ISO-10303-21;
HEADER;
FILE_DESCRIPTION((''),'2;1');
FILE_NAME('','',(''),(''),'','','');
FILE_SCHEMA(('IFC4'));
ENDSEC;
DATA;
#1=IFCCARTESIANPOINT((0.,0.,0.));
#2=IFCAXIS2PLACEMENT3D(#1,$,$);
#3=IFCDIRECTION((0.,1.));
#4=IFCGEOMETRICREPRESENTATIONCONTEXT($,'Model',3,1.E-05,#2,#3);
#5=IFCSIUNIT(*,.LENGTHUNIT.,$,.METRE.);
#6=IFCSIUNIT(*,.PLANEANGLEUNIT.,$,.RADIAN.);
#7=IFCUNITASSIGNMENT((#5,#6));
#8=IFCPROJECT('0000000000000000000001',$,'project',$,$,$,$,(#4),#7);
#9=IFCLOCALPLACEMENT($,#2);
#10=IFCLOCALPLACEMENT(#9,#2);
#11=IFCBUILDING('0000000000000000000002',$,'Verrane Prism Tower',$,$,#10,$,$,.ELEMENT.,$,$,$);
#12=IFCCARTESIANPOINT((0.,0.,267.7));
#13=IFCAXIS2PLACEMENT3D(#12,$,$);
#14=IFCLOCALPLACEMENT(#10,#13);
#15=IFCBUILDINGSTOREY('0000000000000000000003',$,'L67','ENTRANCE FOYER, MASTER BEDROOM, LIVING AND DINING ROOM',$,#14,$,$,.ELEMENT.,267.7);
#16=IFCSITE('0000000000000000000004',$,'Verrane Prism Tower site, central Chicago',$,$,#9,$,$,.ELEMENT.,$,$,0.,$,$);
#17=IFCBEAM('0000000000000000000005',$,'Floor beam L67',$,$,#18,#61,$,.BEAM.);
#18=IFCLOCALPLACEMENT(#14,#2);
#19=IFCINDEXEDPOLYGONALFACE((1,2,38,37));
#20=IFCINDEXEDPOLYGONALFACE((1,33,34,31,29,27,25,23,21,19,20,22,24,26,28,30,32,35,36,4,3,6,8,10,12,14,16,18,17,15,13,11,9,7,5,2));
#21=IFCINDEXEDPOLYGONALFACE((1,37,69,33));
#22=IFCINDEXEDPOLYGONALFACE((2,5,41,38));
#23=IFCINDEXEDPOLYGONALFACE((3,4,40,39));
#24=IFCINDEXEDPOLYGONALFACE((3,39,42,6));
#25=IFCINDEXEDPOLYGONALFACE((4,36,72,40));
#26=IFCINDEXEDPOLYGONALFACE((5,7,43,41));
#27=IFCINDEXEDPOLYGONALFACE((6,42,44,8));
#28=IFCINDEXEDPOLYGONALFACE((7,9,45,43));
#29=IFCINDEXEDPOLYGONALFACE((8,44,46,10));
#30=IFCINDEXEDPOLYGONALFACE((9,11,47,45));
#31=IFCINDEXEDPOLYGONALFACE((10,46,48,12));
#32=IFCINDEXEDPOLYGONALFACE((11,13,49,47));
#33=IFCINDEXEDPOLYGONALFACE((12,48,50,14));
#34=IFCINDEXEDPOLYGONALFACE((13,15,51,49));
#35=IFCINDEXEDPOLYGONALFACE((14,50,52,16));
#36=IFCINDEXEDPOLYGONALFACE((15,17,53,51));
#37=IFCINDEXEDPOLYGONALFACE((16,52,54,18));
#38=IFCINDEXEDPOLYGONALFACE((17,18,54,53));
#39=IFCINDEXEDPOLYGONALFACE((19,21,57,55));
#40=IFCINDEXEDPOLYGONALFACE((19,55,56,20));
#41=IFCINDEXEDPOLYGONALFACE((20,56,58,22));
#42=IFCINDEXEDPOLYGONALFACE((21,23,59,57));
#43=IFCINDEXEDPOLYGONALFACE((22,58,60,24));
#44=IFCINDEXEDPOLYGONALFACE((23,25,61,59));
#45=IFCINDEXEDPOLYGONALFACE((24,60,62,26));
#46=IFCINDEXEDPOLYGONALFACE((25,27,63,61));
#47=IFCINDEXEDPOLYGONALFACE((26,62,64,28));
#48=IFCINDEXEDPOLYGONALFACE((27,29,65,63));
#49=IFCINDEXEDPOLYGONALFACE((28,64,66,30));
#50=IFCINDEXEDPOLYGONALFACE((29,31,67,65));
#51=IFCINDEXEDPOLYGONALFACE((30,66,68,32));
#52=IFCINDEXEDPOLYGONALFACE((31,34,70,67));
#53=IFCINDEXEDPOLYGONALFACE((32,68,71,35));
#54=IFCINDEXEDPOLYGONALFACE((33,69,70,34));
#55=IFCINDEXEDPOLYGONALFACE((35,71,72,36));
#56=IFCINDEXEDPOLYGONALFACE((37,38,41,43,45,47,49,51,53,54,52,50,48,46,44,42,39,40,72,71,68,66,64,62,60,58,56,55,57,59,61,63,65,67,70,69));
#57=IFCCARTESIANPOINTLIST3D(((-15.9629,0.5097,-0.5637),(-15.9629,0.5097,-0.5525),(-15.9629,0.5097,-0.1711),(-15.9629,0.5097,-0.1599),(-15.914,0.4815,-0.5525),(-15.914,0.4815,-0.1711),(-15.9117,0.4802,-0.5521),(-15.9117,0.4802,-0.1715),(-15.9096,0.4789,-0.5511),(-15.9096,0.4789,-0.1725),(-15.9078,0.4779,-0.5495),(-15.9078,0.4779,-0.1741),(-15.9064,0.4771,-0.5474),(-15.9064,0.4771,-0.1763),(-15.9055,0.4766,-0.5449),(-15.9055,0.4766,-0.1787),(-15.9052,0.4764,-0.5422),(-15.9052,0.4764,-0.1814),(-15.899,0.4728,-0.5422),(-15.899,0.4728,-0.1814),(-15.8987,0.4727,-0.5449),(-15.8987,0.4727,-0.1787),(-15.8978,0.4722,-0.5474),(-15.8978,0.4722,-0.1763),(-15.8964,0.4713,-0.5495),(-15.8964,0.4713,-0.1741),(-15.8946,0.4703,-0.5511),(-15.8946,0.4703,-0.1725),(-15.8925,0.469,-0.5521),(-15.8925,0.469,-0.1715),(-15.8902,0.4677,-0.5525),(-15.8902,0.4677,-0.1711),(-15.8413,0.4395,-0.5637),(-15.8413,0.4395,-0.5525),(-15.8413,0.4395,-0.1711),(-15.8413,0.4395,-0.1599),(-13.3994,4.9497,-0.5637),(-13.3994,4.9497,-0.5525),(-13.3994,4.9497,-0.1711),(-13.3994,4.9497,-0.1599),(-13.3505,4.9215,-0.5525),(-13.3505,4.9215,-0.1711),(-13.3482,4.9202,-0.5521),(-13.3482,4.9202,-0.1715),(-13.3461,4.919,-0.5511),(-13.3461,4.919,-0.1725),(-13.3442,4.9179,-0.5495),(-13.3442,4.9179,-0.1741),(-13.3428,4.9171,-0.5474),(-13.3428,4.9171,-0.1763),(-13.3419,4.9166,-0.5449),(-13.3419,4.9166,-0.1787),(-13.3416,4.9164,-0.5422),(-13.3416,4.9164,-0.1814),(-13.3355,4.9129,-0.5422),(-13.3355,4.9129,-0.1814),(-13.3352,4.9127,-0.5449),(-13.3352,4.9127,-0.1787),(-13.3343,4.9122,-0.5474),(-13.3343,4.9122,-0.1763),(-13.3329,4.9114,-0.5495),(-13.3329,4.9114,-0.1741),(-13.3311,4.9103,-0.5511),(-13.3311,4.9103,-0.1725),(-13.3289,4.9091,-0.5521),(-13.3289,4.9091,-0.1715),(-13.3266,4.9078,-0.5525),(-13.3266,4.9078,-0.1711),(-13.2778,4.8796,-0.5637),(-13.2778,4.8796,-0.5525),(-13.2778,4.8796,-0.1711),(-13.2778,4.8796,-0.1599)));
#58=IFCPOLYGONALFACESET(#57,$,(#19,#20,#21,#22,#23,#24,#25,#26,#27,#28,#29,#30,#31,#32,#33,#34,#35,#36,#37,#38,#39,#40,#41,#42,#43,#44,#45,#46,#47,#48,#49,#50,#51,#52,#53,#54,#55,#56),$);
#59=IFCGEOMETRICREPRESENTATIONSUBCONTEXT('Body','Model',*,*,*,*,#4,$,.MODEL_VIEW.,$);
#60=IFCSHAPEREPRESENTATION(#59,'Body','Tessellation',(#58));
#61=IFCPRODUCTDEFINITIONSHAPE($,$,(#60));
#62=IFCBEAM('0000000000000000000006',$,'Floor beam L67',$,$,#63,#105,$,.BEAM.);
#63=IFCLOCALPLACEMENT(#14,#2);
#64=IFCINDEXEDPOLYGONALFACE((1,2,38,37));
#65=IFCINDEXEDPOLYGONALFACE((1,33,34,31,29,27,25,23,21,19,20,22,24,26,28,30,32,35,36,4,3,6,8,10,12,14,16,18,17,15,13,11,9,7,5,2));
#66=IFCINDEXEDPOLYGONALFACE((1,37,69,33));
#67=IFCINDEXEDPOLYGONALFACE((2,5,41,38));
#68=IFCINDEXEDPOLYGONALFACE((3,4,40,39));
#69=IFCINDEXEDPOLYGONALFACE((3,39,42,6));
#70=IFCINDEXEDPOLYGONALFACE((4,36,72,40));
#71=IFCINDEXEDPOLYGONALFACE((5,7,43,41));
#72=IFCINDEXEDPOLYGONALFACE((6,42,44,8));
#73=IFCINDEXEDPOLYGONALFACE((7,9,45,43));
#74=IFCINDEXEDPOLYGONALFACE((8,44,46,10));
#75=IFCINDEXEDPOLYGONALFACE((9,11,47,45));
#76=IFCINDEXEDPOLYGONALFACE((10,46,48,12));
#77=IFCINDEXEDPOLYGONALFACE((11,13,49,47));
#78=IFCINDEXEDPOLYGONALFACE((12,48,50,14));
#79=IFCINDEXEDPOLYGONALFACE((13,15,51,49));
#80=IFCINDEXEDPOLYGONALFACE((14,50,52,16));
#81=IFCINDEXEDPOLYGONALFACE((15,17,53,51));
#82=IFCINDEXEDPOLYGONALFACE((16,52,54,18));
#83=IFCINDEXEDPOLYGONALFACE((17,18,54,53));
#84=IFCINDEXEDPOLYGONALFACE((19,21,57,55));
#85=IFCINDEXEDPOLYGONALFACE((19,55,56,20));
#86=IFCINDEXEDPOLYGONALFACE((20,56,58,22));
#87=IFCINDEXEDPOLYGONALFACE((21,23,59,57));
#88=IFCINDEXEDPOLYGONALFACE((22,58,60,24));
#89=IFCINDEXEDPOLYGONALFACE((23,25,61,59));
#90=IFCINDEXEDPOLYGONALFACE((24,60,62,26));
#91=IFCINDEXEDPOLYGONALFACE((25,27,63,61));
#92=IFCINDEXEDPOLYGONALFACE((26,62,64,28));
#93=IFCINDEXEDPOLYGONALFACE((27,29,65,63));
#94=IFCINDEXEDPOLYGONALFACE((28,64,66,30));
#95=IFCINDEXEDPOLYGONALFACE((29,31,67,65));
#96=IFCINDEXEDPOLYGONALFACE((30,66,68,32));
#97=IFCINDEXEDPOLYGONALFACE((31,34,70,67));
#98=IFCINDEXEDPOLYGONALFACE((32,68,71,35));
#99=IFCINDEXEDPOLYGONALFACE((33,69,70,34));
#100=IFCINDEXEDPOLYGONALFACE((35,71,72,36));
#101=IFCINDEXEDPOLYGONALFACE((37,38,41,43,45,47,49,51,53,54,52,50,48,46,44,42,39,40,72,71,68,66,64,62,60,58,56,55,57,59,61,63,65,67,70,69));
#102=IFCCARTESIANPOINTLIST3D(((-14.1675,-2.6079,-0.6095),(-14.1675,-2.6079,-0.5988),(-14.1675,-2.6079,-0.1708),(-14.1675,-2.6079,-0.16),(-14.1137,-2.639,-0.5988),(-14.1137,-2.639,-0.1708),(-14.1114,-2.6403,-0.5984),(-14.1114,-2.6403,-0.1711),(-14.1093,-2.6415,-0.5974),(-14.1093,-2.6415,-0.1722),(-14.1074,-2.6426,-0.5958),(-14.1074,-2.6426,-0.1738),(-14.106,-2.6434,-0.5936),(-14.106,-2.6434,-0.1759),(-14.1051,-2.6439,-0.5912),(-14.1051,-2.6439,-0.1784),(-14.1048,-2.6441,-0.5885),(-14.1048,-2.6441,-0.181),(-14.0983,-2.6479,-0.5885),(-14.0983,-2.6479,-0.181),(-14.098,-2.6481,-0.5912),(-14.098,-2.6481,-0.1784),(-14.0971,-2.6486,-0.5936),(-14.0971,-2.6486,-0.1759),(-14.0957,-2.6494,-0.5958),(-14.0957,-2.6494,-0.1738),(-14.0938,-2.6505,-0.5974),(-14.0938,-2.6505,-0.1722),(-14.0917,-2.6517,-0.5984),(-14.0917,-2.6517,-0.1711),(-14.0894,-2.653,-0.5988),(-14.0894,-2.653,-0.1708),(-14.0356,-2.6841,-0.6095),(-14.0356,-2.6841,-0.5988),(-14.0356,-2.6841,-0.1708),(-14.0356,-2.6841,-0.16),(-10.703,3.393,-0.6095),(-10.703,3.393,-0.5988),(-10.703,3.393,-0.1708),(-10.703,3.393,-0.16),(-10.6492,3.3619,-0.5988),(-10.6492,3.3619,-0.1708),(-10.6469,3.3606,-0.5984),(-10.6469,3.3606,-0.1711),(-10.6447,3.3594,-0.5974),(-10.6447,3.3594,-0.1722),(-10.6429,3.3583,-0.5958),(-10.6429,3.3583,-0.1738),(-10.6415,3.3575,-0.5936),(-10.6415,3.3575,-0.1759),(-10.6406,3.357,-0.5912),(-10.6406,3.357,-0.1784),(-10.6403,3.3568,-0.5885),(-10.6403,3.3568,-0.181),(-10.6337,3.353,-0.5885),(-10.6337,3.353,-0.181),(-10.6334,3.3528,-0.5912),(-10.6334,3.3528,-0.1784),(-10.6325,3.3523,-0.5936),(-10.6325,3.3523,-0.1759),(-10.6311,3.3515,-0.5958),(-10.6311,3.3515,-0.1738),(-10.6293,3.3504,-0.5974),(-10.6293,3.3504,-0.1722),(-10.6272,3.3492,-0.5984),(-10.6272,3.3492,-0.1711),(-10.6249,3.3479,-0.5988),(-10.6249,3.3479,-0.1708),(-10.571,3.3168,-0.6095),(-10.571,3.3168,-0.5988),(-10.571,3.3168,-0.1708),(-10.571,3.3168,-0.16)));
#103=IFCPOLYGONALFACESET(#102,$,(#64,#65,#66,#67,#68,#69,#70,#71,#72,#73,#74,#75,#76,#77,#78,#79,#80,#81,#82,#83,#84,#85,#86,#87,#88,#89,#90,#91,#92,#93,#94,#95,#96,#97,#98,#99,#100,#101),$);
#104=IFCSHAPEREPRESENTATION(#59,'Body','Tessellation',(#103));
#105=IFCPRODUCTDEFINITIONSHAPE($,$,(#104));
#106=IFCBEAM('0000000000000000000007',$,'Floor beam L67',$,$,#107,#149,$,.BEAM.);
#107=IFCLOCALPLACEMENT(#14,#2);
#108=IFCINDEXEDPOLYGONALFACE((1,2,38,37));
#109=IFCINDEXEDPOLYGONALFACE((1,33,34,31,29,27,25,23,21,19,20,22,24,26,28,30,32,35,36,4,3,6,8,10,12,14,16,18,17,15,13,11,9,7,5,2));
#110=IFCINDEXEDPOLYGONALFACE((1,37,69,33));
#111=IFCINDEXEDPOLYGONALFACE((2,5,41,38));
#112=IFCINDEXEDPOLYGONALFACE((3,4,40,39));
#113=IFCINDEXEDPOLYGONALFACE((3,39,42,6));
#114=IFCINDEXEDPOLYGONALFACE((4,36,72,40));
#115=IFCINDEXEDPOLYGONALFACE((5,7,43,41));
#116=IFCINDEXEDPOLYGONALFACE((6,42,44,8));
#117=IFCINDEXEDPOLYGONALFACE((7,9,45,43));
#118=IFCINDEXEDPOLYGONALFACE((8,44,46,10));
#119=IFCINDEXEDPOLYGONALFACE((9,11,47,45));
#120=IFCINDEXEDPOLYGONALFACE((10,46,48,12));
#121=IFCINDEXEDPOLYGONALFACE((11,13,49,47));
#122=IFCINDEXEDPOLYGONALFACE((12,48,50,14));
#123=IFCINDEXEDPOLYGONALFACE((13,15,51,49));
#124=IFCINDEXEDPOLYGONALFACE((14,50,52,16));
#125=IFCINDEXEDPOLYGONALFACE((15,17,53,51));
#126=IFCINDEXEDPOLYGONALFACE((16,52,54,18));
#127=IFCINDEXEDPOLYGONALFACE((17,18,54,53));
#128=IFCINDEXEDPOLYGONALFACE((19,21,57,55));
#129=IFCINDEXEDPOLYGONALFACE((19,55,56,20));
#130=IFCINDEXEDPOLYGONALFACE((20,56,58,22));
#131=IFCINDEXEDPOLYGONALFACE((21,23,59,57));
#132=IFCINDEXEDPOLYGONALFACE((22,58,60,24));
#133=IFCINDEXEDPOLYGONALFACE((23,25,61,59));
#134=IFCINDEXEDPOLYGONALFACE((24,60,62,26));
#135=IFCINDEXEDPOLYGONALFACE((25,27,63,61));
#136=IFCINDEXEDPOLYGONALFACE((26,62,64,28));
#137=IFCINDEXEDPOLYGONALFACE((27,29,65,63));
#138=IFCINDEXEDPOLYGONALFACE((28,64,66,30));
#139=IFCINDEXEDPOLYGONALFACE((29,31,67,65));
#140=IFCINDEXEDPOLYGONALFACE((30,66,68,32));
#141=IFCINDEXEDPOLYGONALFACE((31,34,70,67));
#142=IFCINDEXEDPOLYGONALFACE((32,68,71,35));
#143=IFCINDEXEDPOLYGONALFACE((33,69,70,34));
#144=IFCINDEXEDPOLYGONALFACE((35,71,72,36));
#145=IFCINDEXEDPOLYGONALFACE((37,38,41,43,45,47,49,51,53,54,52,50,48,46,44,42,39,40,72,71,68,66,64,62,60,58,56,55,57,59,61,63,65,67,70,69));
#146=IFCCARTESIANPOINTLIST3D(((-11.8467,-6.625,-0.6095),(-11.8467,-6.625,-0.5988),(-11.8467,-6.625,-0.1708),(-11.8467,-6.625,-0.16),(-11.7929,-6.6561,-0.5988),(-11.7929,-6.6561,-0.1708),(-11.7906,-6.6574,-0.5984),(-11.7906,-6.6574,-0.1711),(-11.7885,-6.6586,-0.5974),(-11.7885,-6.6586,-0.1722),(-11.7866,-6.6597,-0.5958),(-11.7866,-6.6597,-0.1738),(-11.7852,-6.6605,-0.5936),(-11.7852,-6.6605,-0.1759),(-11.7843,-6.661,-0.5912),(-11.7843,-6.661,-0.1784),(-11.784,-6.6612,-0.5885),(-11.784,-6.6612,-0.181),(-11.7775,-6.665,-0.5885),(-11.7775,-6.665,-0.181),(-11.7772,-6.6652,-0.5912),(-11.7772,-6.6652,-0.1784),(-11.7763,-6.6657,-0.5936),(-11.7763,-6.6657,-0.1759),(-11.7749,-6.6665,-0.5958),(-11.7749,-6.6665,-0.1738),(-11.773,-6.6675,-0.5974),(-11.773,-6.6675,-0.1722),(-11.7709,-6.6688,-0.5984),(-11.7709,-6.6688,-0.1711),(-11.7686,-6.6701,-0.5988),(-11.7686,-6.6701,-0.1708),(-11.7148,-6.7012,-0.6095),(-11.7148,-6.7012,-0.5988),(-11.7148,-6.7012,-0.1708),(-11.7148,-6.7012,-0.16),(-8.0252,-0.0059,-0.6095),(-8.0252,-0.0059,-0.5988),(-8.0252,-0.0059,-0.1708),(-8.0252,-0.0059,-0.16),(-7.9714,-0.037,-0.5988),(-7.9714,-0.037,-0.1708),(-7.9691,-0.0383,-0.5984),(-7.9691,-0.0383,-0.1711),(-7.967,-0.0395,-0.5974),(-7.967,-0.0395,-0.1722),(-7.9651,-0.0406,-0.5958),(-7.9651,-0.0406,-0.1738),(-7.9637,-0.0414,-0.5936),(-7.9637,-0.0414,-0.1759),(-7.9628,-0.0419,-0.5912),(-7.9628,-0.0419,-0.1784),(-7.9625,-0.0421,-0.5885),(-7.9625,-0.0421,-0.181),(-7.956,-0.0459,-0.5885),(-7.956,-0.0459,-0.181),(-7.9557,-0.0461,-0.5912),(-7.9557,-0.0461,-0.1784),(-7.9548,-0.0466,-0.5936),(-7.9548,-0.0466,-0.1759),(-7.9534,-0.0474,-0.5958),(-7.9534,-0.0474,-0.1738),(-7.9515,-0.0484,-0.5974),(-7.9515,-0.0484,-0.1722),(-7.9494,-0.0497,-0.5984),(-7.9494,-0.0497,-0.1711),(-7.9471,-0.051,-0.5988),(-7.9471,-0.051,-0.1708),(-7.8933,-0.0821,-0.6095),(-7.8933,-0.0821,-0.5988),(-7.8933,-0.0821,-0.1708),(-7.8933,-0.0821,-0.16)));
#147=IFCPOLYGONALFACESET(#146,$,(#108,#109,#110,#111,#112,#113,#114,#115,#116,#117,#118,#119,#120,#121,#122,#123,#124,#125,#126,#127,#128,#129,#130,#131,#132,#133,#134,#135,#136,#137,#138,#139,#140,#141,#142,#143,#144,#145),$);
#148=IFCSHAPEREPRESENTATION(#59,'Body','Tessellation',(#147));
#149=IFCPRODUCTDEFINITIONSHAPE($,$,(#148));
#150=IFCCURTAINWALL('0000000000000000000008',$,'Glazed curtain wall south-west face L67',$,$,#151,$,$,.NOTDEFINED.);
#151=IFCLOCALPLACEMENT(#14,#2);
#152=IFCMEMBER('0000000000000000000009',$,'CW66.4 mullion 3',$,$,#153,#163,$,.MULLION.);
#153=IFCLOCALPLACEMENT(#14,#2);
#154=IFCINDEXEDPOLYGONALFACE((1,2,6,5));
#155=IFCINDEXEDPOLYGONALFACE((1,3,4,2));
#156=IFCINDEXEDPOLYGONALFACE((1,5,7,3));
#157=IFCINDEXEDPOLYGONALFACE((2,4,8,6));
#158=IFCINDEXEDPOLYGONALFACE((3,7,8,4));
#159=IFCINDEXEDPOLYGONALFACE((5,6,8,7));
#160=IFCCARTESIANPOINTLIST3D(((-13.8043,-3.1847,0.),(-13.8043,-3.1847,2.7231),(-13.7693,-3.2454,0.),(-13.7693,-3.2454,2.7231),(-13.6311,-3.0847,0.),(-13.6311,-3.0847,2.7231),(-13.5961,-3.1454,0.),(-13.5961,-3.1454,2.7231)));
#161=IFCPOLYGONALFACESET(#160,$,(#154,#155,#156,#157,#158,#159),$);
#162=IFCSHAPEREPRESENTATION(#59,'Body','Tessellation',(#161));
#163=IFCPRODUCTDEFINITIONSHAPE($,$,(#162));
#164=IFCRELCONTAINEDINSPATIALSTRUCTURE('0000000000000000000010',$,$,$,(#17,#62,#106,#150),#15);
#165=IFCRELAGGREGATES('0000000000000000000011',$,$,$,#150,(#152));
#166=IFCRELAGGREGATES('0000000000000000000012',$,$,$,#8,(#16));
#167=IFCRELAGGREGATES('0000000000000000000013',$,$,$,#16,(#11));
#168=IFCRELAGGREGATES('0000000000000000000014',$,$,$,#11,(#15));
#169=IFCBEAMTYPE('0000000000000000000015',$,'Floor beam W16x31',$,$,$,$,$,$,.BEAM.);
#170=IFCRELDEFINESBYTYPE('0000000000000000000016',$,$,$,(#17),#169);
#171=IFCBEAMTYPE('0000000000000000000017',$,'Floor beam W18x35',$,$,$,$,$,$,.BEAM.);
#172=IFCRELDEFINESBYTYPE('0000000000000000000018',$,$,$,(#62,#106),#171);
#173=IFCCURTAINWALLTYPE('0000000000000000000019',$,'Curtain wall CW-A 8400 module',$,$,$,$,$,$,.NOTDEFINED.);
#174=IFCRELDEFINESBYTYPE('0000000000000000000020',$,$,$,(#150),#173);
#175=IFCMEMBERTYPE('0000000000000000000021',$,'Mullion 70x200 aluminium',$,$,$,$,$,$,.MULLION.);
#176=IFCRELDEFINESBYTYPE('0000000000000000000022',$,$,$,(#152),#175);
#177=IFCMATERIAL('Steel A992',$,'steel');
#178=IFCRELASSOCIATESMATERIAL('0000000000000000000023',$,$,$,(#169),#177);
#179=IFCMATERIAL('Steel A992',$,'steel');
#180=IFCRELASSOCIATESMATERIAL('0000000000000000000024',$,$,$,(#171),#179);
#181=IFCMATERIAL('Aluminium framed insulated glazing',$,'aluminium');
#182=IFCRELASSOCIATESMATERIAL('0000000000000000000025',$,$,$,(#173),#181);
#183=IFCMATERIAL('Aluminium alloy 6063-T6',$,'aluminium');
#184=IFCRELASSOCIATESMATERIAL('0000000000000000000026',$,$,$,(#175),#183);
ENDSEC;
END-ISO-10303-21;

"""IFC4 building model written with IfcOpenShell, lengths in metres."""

from ifc_helpers import new_model, si_unit, direction, frame, origin, origin_2d, place, context, subcontext, project, spatial, rectangle, i_section, extrude, material, material_profile, profile_set, type_object, element, aggregate, save


model = new_model("IFC4")

# Units and contexts
model_context = context("Model", 3, precision=1e-05, world=origin(), true_north=direction((0.0, 1.0)))
body_context = subcontext(model_context, "Body", "Model", "MODEL_VIEW")
ifc_project = project(units=[si_unit("LENGTHUNIT", "METRE"), si_unit("PLANEANGLEUNIT", "RADIAN")], contexts=[model_context])

# Site, building, storey
site_placement = place(None, origin())
site = spatial("IfcSite", under=ifc_project, at=site_placement, Name="Verrane Prism Tower site, central Chicago", CompositionType="ELEMENT", RefElevation=0.0)
building_placement = place(site_placement, origin())
building = spatial("IfcBuilding", under=site, at=building_placement, Name="Verrane Prism Tower", CompositionType="ELEMENT")
storey_placement = place(building_placement, frame((0.0, 0.0, 267.7)))
storey = spatial("IfcBuildingStorey", under=building, at=storey_placement, Name="L67", Description="ENTRANCE FOYER, MASTER BEDROOM, LIVING AND DINING ROOM", CompositionType="ELEMENT", Elevation=267.7)

# Beams
ifc_material_1 = material(Name="Steel A992", Category="steel")
ifc_material_profile_1 = material_profile(ifc_material_1, i_section(OverallWidth=0.1404, OverallDepth=0.4038, WebThickness=0.0071, FlangeThickness=0.0112, FilletRadius=0.0103, at=origin_2d()), Name="W16x31")
ifc_profile_set_1 = profile_set([ifc_material_profile_1], Name="Steel A992")
beam_type_1 = type_object("IfcBeamType", Name="Floor beam W16x31", PredefinedType="BEAM", material=ifc_profile_set_1)
beam_1_placement = place(storey_placement, frame((-15.9021, 0.4746, -0.3618), z_axis=(0.500011, 0.866019, 0.0), x_axis=(-0.866019, 0.500011, 0.0)))
element("IfcBeam", 1, at=beam_1_placement, inside=storey, type_object=beam_type_1, Name="Floor beam L67", PredefinedType="BEAM", context=body_context, shape_type="SweptSolid", body=[
    extrude(i_section(OverallWidth=0.1404, OverallDepth=0.4038, WebThickness=0.0071, FlangeThickness=0.0112, FilletRadius=0.0103, at=origin_2d()), origin(), (0.0, 0.0, 1.0), 5.127),
])
ifc_material_2 = material(Name="Steel A992", Category="steel")
ifc_material_profile_2 = material_profile(ifc_material_2, i_section(OverallWidth=0.1523, OverallDepth=0.4495, WebThickness=0.0076, FlangeThickness=0.0107, FilletRadius=0.0103, at=origin_2d()), Name="W18x35")
ifc_profile_set_2 = profile_set([ifc_material_profile_2], Name="Steel A992")
beam_type_2 = type_object("IfcBeamType", Name="Floor beam W18x35", PredefinedType="BEAM", material=ifc_profile_set_2)
beam_2_placement = place(storey_placement, frame((-14.1016, -2.646, -0.3848), z_axis=(0.499993, 0.86603, 0.0), x_axis=(-0.86603, 0.499993, 0.0)))
element("IfcBeam", 2, at=beam_2_placement, inside=storey, type_object=beam_type_2, Name="Floor beam L67", PredefinedType="BEAM", context=body_context, shape_type="SweptSolid", body=[
    extrude(i_section(OverallWidth=0.1523, OverallDepth=0.4495, WebThickness=0.0076, FlangeThickness=0.0107, FilletRadius=0.0103, at=origin_2d()), origin(), (0.0, 0.0, 1.0), 6.9292),
])
beam_3_placement = place(storey_placement, frame((-11.7808, -6.6631, -0.3848), z_axis=(0.499997, 0.866027, 0.0), x_axis=(-0.866027, 0.499997, 0.0)))
element("IfcBeam", 3, at=beam_3_placement, inside=storey, type_object=beam_type_2, Name="Floor beam L67", PredefinedType="BEAM", context=body_context, shape_type="SweptSolid", body=[
    extrude(i_section(OverallWidth=0.1523, OverallDepth=0.4495, WebThickness=0.0076, FlangeThickness=0.0107, FilletRadius=0.0103, at=origin_2d()), origin(), (0.0, 0.0, 1.0), 7.6431),
])

# Curtain wall, member
ifc_material_3 = material(Name="Aluminium framed insulated glazing", Category="aluminium")
curtain_wall_type = type_object("IfcCurtainWallType", Name="Curtain wall CW-A 8400 module", PredefinedType="NOTDEFINED", material=ifc_material_3)
curtain_wall_placement = place(storey_placement, origin())
curtain_wall = element("IfcCurtainWall", 4, at=curtain_wall_placement, inside=storey, type_object=curtain_wall_type, Name="Glazed curtain wall south-west face L67", PredefinedType="NOTDEFINED")
ifc_material_4 = material(Name="Aluminium alloy 6063-T6", Category="aluminium")
ifc_material_profile_3 = material_profile(ifc_material_4, rectangle(XDim=0.2, YDim=0.0701, at=origin_2d()), Name="Mullion 70x200 aluminium")
ifc_profile_set_3 = profile_set([ifc_material_profile_3], Name="Aluminium alloy 6063-T6")
member_type_1 = type_object("IfcMemberType", Name="Mullion 70x200 aluminium", PredefinedType="MULLION", material=ifc_profile_set_3)
member_1_placement = place(storey_placement, frame((-13.7002, -3.165, 0.0), z_axis=(0.0, 0.0, 1.0), x_axis=(0.866025, 0.500001, 0.0)))
member_1 = element("IfcMember", 5, at=member_1_placement, type_object=member_type_1, Name="CW66.4 mullion 3", PredefinedType="MULLION", context=body_context, shape_type="SweptSolid", body=[
    extrude(rectangle(XDim=0.2, YDim=0.0701, at=origin_2d()), origin(), (0.0, 0.0, 1.0), 2.7231),
])

aggregate(curtain_wall, [member_1])

save(model, "model.ifc")
